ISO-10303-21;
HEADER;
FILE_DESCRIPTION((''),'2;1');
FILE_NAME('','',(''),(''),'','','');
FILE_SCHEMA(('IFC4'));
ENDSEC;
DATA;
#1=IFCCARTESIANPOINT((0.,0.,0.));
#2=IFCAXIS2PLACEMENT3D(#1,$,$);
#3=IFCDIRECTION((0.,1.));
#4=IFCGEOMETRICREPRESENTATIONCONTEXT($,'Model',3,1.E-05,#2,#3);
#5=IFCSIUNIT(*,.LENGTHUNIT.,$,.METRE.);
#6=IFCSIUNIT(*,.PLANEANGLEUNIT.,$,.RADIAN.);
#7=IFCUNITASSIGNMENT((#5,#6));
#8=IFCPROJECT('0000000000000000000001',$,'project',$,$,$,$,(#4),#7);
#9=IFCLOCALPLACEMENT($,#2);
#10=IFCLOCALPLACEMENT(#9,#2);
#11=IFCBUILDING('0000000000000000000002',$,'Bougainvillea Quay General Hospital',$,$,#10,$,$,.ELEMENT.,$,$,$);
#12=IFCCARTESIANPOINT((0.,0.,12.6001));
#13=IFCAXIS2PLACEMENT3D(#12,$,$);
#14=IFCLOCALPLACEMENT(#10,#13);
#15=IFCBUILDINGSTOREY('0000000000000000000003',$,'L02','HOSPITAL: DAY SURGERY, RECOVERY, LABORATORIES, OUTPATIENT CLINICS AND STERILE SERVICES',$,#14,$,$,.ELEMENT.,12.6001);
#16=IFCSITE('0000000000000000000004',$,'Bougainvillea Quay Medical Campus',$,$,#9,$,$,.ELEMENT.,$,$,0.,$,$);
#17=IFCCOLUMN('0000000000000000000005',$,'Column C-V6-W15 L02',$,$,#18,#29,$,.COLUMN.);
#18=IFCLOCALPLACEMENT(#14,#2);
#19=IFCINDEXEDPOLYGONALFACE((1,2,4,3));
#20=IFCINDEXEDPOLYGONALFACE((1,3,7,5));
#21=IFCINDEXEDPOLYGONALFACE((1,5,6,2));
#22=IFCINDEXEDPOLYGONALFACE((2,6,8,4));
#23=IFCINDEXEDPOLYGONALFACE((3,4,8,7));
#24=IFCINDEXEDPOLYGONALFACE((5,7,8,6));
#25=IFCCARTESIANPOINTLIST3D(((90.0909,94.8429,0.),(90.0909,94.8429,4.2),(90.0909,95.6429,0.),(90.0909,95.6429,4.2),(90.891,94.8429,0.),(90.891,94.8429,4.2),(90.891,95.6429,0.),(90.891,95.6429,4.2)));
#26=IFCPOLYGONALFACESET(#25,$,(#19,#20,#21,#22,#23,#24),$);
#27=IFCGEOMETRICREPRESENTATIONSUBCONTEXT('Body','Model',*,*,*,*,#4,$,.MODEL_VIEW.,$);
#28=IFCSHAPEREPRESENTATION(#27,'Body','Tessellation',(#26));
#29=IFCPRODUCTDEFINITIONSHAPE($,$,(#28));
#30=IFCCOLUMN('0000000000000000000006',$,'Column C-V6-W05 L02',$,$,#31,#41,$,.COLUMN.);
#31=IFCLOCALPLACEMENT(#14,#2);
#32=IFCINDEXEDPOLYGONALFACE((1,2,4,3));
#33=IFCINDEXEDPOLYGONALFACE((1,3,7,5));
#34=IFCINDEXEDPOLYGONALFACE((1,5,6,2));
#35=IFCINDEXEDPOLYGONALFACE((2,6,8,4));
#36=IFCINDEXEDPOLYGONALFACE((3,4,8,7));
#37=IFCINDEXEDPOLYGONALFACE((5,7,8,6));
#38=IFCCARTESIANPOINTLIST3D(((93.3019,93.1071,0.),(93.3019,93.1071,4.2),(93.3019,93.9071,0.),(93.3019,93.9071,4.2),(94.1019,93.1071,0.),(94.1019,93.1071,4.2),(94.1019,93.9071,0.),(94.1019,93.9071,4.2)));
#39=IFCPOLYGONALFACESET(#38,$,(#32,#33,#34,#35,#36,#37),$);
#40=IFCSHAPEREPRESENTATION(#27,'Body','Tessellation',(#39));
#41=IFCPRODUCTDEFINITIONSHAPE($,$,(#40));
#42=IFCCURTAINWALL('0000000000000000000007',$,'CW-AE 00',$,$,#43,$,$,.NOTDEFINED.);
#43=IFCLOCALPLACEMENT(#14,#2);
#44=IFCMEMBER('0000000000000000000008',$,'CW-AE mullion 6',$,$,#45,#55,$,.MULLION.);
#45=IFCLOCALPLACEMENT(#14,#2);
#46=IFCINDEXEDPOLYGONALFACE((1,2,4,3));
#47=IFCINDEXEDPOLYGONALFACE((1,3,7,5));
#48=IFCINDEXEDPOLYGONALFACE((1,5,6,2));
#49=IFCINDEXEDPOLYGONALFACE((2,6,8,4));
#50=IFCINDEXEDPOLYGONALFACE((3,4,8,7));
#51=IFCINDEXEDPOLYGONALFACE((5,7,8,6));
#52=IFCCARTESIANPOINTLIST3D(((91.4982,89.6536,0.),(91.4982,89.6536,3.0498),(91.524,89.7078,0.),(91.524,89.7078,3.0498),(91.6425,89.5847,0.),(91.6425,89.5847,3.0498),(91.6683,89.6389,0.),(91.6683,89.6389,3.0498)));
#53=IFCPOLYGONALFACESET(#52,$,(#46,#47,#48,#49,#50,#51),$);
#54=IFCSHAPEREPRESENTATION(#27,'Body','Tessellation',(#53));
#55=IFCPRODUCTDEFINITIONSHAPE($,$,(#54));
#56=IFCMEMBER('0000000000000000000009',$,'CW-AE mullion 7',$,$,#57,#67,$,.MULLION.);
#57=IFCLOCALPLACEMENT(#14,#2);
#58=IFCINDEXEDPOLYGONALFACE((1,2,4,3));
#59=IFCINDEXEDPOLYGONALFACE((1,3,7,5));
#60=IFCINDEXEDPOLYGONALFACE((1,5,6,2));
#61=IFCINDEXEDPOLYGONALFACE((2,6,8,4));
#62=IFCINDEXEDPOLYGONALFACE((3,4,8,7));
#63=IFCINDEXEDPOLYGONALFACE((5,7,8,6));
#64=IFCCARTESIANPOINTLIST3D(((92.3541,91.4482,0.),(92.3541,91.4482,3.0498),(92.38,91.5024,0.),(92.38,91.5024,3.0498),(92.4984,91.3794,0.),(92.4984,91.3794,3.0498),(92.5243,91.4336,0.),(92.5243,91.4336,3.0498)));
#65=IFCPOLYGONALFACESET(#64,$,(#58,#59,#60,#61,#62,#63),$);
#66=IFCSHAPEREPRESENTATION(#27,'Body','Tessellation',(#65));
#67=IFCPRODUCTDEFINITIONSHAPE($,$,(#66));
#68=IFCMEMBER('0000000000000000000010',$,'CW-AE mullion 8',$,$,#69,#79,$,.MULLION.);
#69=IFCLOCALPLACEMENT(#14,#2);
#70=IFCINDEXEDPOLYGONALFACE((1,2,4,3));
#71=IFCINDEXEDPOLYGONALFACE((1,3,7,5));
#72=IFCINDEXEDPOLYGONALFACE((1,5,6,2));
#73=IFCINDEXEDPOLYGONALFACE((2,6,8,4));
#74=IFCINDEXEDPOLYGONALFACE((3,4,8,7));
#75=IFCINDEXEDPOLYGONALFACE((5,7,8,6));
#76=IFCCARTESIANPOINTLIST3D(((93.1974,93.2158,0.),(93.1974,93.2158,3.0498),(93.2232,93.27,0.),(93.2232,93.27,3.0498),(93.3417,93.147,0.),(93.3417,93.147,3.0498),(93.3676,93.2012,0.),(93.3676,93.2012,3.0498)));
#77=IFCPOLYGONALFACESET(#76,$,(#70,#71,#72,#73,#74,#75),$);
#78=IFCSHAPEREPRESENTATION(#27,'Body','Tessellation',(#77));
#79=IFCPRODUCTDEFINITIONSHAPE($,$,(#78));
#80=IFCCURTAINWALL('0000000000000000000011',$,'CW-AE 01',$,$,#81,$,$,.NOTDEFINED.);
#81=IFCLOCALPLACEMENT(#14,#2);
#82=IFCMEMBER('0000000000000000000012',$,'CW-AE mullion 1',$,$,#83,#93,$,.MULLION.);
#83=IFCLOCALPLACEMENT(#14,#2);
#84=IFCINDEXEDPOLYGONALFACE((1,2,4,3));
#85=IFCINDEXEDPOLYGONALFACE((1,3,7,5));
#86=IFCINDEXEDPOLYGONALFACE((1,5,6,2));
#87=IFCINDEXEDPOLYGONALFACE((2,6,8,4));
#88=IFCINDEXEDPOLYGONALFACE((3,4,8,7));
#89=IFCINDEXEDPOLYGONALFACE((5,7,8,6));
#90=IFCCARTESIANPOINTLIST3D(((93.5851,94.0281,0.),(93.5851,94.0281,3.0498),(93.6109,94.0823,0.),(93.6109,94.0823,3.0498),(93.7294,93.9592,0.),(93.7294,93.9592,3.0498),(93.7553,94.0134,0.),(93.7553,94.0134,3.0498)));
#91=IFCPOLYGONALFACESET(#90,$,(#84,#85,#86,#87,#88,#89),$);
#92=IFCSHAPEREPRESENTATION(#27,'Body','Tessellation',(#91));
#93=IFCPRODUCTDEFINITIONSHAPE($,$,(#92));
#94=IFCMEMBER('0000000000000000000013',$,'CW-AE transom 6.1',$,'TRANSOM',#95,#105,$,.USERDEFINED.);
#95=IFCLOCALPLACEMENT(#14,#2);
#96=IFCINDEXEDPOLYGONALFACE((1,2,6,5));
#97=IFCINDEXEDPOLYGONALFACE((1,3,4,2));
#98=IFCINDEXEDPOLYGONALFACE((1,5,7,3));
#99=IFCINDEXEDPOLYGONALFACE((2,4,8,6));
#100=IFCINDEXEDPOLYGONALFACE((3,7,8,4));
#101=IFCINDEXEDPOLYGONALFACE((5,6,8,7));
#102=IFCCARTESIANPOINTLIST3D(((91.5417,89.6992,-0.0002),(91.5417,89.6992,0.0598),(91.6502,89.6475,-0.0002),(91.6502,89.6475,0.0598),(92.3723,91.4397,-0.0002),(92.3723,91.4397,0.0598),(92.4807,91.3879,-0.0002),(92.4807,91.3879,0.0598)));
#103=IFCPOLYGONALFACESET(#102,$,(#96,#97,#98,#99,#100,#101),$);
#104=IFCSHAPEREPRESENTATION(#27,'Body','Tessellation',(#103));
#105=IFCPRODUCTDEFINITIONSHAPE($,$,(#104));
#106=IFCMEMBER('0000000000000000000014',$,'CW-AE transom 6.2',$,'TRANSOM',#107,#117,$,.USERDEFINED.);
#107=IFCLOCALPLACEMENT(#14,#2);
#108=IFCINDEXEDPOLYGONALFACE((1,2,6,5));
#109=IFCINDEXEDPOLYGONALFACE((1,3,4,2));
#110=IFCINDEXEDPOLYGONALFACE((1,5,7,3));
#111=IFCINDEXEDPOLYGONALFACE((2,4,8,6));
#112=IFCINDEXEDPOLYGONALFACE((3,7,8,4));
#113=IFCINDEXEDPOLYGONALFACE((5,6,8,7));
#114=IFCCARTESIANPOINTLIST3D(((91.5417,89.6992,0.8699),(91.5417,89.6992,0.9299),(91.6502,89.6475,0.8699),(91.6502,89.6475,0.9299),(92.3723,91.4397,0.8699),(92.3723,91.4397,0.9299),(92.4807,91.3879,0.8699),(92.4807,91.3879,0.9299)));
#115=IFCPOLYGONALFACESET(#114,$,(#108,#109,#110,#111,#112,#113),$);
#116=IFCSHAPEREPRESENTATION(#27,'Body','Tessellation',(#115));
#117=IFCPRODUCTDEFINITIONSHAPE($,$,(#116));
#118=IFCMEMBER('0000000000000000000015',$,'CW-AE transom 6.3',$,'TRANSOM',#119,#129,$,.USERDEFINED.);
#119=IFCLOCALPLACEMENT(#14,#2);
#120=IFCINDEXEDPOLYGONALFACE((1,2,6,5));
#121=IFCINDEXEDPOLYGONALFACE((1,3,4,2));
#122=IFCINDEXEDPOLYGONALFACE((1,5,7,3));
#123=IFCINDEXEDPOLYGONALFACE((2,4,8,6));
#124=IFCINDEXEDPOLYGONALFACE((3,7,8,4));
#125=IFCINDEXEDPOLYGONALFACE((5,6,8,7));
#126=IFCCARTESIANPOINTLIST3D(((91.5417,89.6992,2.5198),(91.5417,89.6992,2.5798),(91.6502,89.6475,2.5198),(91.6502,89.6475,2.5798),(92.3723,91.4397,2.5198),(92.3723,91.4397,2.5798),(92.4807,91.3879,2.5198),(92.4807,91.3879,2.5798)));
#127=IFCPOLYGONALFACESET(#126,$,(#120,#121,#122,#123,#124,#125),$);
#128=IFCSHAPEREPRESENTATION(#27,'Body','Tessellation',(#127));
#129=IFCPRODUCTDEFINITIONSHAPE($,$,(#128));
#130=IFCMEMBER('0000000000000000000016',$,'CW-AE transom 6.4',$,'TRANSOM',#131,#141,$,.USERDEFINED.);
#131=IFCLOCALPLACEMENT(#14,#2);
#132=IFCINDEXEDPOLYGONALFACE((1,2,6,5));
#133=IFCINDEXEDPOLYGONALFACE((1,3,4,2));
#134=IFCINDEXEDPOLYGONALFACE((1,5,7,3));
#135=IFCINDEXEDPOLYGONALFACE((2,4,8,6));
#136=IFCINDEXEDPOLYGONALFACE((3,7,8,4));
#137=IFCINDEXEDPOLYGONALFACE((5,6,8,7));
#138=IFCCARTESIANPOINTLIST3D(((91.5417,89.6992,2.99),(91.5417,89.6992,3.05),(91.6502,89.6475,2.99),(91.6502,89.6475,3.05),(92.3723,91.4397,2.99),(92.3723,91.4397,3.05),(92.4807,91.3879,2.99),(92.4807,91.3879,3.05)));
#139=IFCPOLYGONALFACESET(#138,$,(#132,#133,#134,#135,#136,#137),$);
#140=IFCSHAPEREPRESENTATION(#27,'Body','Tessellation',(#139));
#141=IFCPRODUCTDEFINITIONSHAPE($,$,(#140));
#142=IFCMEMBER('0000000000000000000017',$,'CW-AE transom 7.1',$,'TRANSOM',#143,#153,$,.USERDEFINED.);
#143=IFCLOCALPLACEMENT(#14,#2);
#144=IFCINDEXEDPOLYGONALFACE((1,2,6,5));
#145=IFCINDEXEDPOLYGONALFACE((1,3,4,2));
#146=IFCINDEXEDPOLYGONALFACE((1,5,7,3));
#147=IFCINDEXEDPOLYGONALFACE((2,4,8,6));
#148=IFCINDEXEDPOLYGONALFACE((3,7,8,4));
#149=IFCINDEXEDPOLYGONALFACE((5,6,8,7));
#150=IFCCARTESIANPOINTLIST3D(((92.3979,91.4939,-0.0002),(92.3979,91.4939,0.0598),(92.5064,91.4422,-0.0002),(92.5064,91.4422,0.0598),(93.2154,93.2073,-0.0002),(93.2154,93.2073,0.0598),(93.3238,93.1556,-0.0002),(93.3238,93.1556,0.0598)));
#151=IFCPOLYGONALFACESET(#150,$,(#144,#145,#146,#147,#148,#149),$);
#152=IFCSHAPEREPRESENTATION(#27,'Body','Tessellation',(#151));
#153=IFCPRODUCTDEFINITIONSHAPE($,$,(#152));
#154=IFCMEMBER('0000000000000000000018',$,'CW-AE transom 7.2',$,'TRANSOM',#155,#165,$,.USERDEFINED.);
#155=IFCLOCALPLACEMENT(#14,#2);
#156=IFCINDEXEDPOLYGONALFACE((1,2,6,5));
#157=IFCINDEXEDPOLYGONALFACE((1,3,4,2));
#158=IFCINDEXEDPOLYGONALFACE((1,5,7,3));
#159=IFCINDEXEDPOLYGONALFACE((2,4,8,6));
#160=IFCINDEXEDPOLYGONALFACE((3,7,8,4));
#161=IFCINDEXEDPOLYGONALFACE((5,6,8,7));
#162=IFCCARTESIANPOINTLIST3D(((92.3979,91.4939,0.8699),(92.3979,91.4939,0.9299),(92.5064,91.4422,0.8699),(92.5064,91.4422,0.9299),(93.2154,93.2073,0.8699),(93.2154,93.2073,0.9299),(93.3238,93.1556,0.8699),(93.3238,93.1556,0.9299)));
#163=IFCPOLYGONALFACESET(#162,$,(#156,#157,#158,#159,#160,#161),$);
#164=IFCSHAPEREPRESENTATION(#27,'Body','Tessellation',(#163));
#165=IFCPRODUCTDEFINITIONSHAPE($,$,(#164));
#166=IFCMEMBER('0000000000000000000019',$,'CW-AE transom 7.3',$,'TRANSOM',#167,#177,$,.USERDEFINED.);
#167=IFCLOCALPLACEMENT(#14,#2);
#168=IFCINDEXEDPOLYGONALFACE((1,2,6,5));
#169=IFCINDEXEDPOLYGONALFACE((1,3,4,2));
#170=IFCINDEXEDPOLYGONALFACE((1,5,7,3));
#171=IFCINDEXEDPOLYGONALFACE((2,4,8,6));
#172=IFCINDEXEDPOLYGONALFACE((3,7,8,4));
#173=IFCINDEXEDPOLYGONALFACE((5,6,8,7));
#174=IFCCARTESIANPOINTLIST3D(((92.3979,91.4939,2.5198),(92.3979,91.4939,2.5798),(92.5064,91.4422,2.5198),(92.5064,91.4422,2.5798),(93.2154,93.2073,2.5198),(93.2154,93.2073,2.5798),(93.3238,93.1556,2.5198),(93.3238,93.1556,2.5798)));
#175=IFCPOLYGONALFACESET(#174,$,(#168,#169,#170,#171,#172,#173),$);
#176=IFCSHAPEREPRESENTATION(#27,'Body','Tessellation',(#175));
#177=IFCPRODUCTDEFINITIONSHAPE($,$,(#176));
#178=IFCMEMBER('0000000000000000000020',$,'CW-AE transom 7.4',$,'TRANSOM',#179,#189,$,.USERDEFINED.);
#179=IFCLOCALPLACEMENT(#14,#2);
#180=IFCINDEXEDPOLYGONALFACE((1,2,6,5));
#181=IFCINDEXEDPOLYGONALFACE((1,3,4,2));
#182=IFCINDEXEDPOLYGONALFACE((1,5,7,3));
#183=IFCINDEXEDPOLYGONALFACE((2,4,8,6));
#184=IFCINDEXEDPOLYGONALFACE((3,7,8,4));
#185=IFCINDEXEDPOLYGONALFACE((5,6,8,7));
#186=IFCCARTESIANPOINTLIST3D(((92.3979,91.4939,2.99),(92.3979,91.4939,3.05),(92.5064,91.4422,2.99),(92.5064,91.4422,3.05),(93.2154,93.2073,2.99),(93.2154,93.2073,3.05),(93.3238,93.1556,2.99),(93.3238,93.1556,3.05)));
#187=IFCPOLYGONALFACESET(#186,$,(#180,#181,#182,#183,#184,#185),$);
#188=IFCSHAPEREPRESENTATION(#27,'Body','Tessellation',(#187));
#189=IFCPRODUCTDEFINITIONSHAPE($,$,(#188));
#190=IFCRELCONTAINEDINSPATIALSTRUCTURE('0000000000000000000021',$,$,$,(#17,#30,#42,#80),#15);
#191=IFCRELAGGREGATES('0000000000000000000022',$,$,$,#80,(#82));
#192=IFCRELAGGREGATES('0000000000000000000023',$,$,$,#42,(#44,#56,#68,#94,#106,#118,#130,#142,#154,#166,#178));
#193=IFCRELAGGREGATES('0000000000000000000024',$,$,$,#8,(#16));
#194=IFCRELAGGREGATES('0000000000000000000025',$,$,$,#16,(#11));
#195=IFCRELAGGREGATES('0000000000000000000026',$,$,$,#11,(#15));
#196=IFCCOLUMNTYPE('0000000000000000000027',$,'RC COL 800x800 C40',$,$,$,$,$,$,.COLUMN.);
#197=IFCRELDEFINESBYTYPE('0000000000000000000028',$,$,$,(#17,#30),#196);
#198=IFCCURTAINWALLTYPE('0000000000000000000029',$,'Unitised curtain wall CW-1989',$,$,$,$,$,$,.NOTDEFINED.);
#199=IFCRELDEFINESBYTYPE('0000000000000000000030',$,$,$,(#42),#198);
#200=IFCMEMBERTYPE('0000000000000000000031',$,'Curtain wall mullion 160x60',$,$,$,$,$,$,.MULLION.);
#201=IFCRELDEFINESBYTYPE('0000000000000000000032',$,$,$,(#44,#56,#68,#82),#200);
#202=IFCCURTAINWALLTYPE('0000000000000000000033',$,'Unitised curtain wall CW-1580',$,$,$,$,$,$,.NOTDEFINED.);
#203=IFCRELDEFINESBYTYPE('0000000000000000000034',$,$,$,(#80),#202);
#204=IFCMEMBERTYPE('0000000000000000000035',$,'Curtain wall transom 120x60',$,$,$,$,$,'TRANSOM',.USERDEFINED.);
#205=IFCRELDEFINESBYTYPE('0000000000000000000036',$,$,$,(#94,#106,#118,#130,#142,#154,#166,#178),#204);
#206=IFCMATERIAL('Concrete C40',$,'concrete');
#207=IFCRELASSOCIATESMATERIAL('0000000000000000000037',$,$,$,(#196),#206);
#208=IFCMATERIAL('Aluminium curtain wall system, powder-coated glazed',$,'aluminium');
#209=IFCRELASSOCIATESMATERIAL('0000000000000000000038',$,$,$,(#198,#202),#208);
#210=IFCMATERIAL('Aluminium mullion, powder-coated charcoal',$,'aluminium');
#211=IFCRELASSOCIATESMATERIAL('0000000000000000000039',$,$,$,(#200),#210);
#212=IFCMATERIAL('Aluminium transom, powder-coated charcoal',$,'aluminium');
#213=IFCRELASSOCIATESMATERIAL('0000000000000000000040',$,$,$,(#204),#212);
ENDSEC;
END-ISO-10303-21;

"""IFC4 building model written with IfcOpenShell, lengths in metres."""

from ifc_helpers import new_model, si_unit, direction, frame, origin, origin_2d, place, context, subcontext, project, spatial, rectangle, extrude, material, material_profile, profile_set, type_object, element, aggregate, save


model = new_model("IFC4")

# Units and contexts
model_context = context("Model", 3, precision=1e-05, world=origin(), true_north=direction((0.0, 1.0)))
body_context = subcontext(model_context, "Body", "Model", "MODEL_VIEW")
ifc_project = project(units=[si_unit("LENGTHUNIT", "METRE"), si_unit("PLANEANGLEUNIT", "RADIAN")], contexts=[model_context])

# Site, building, storey
site_placement = place(None, origin())
site = spatial("IfcSite", under=ifc_project, at=site_placement, Name="Bougainvillea Quay Medical Campus", CompositionType="ELEMENT", RefElevation=0.0)
building_placement = place(site_placement, origin())
building = spatial("IfcBuilding", under=site, at=building_placement, Name="Bougainvillea Quay General Hospital", CompositionType="ELEMENT")
storey_placement = place(building_placement, frame((0.0, 0.0, 12.6001)))
storey = spatial("IfcBuildingStorey", under=building, at=storey_placement, Name="L02", Description="HOSPITAL: DAY SURGERY, RECOVERY, LABORATORIES, OUTPATIENT CLINICS AND STERILE SERVICES", CompositionType="ELEMENT", Elevation=12.6001)

# Columns
ifc_material_1 = material(Name="Concrete C40", Category="concrete")
ifc_material_profile_1 = material_profile(ifc_material_1, rectangle(XDim=0.8, YDim=0.8, at=origin_2d()))
ifc_profile_set_1 = profile_set([ifc_material_profile_1], Name="Concrete C40")
column_type = type_object("IfcColumnType", Name="RC COL 800x800 C40", PredefinedType="COLUMN", material=ifc_profile_set_1)
for number, where, z_axis, x_axis, name in (
    (1, (90.491, 95.2429, 0.0), (0.0, 0.0, 1.0), (1.0, 0.0, 0.0), "Column C-V6-W15 L02"),
    (2, (93.7019, 93.5071, 0.0), (0.0, 0.0, 1.0), (1.0, 0.0, 0.0), "Column C-V6-W05 L02"),
):
    element("IfcColumn", number, at=place(storey_placement, frame(where, z_axis=z_axis, x_axis=x_axis)), inside=storey, type_object=column_type, Name=name, PredefinedType="COLUMN", context=body_context, shape_type="SweptSolid", body=[
        extrude(rectangle(XDim=0.8, YDim=0.8, at=origin_2d()), origin(), (0.0, 0.0, 1.0), 4.2),
    ])

# Curtain wall, members
ifc_material_2 = material(Name="Aluminium curtain wall system, powder-coated glazed", Category="aluminium")
curtain_wall_type_1 = type_object("IfcCurtainWallType", Name="Unitised curtain wall CW-1989", PredefinedType="NOTDEFINED", material=ifc_material_2)
curtain_wall_1_placement = place(storey_placement, origin())
curtain_wall_1 = element("IfcCurtainWall", 3, at=curtain_wall_1_placement, inside=storey, type_object=curtain_wall_type_1, Name="CW-AE 00", PredefinedType="NOTDEFINED")
ifc_material_3 = material(Name="Aluminium mullion, powder-coated charcoal", Category="aluminium")
ifc_material_profile_2 = material_profile(ifc_material_3, rectangle(XDim=0.1599, YDim=0.0601, at=origin_2d()))
ifc_profile_set_2 = profile_set([ifc_material_profile_2], Name="Aluminium mullion, powder-coated charcoal")
member_type_1 = type_object("IfcMemberType", Name="Curtain wall mullion 160x60", PredefinedType="MULLION", material=ifc_profile_set_2)
member_1_placement = place(storey_placement, frame((91.5833, 89.6462, 0.0), z_axis=(0.0, 0.0, 1.0), x_axis=(-0.902561, 0.430563, 0.0)))
member_1 = element("IfcMember", 4, at=member_1_placement, type_object=member_type_1, Name="CW-AE mullion 6", PredefinedType="MULLION", context=body_context, shape_type="SweptSolid", body=[
    extrude(rectangle(XDim=0.1599, YDim=0.0601, at=origin_2d()), origin(), (0.0, 0.0, 1.0), 3.0498),
])
member_2_placement = place(storey_placement, frame((92.4392, 91.4409, 0.0), z_axis=(0.0, 0.0, 1.0), x_axis=(-0.902561, 0.430563, 0.0)))
member_2 = element("IfcMember", 5, at=member_2_placement, type_object=member_type_1, Name="CW-AE mullion 7", PredefinedType="MULLION", context=body_context, shape_type="SweptSolid", body=[
    extrude(rectangle(XDim=0.1599, YDim=0.0601, at=origin_2d()), origin(), (0.0, 0.0, 1.0), 3.0498),
])
member_3_placement = place(storey_placement, frame((93.2825, 93.2085, 0.0), z_axis=(0.0, 0.0, 1.0), x_axis=(-0.902561, 0.430563, 0.0)))
member_3 = element("IfcMember", 6, at=member_3_placement, type_object=member_type_1, Name="CW-AE mullion 8", PredefinedType="MULLION", context=body_context, shape_type="SweptSolid", body=[
    extrude(rectangle(XDim=0.1599, YDim=0.0601, at=origin_2d()), origin(), (0.0, 0.0, 1.0), 3.0498),
])

# Curtain wall, member
curtain_wall_type_2 = type_object("IfcCurtainWallType", Name="Unitised curtain wall CW-1580", PredefinedType="NOTDEFINED", material=ifc_material_2)
curtain_wall_2_placement = place(storey_placement, origin())
curtain_wall_2 = element("IfcCurtainWall", 7, at=curtain_wall_2_placement, inside=storey, type_object=curtain_wall_type_2, Name="CW-AE 01", PredefinedType="NOTDEFINED")
member_4_placement = place(storey_placement, frame((93.6702, 94.0208, 0.0), z_axis=(0.0, 0.0, 1.0), x_axis=(-0.902561, 0.430563, 0.0)))
member_4 = element("IfcMember", 8, at=member_4_placement, type_object=member_type_1, Name="CW-AE mullion 1", PredefinedType="MULLION", context=body_context, shape_type="SweptSolid", body=[
    extrude(rectangle(XDim=0.1599, YDim=0.0601, at=origin_2d()), origin(), (0.0, 0.0, 1.0), 3.0498),
])

# Members
ifc_material_4 = material(Name="Aluminium transom, powder-coated charcoal", Category="aluminium")
ifc_material_profile_3 = material_profile(ifc_material_4, rectangle(XDim=0.1201, YDim=0.0601, at=origin_2d()))
ifc_profile_set_3 = profile_set([ifc_material_profile_3], Name="Aluminium transom, powder-coated charcoal")
member_type_2 = type_object("IfcMemberType", Name="Curtain wall transom 120x60", ElementType="TRANSOM", PredefinedType="USERDEFINED", material=ifc_profile_set_3)
member_5_placement = place(storey_placement, frame((91.5959, 89.6733, 0.0298), z_axis=(0.43068, 0.902505, 0.0), x_axis=(-0.902505, 0.43068, 0.0)))
member_5 = element("IfcMember", 9, at=member_5_placement, type_object=member_type_2, Name="CW-AE transom 6.1", ObjectType="TRANSOM", PredefinedType="USERDEFINED", context=body_context, shape_type="SweptSolid", body=[
    extrude(rectangle(XDim=0.1201, YDim=0.0601, at=origin_2d()), origin(), (0.0, 0.0, 1.0), 1.9285),
])
member_6_placement = place(storey_placement, frame((91.5959, 89.6733, 0.8999), z_axis=(0.43068, 0.902505, 0.0), x_axis=(-0.902505, 0.43068, 0.0)))
member_6 = element("IfcMember", 10, at=member_6_placement, type_object=member_type_2, Name="CW-AE transom 6.2", ObjectType="TRANSOM", PredefinedType="USERDEFINED", context=body_context, shape_type="SweptSolid", body=[
    extrude(rectangle(XDim=0.1201, YDim=0.0601, at=origin_2d()), origin(), (0.0, 0.0, 1.0), 1.9285),
])
member_7_placement = place(storey_placement, frame((91.5959, 89.6733, 2.5498), z_axis=(0.43068, 0.902505, 0.0), x_axis=(-0.902505, 0.43068, 0.0)))
member_7 = element("IfcMember", 11, at=member_7_placement, type_object=member_type_2, Name="CW-AE transom 6.3", ObjectType="TRANSOM", PredefinedType="USERDEFINED", context=body_context, shape_type="SweptSolid", body=[
    extrude(rectangle(XDim=0.1201, YDim=0.0601, at=origin_2d()), origin(), (0.0, 0.0, 1.0), 1.9285),
])
member_8_placement = place(storey_placement, frame((91.5959, 89.6733, 3.02), z_axis=(0.43068, 0.902505, 0.0), x_axis=(-0.902505, 0.43068, 0.0)))
member_8 = element("IfcMember", 12, at=member_8_placement, type_object=member_type_2, Name="CW-AE transom 6.4", ObjectType="TRANSOM", PredefinedType="USERDEFINED", context=body_context, shape_type="SweptSolid", body=[
    extrude(rectangle(XDim=0.1201, YDim=0.0601, at=origin_2d()), origin(), (0.0, 0.0, 1.0), 1.9285),
])
member_9_placement = place(storey_placement, frame((92.4521, 91.468, 0.0298), z_axis=(0.430572, 0.902556, 0.0), x_axis=(-0.902556, 0.430572, 0.0)))
member_9 = element("IfcMember", 13, at=member_9_placement, type_object=member_type_2, Name="CW-AE transom 7.1", ObjectType="TRANSOM", PredefinedType="USERDEFINED", context=body_context, shape_type="SweptSolid", body=[
    extrude(rectangle(XDim=0.1201, YDim=0.0601, at=origin_2d()), origin(), (0.0, 0.0, 1.0), 1.8984),
])
member_10_placement = place(storey_placement, frame((92.4521, 91.468, 0.8999), z_axis=(0.430572, 0.902556, 0.0), x_axis=(-0.902556, 0.430572, 0.0)))
member_10 = element("IfcMember", 14, at=member_10_placement, type_object=member_type_2, Name="CW-AE transom 7.2", ObjectType="TRANSOM", PredefinedType="USERDEFINED", context=body_context, shape_type="SweptSolid", body=[
    extrude(rectangle(XDim=0.1201, YDim=0.0601, at=origin_2d()), origin(), (0.0, 0.0, 1.0), 1.8984),
])
member_11_placement = place(storey_placement, frame((92.4521, 91.468, 2.5498), z_axis=(0.430572, 0.902556, 0.0), x_axis=(-0.902556, 0.430572, 0.0)))
member_11 = element("IfcMember", 15, at=member_11_placement, type_object=member_type_2, Name="CW-AE transom 7.3", ObjectType="TRANSOM", PredefinedType="USERDEFINED", context=body_context, shape_type="SweptSolid", body=[
    extrude(rectangle(XDim=0.1201, YDim=0.0601, at=origin_2d()), origin(), (0.0, 0.0, 1.0), 1.8984),
])
member_12_placement = place(storey_placement, frame((92.4521, 91.468, 3.02), z_axis=(0.430572, 0.902556, 0.0), x_axis=(-0.902556, 0.430572, 0.0)))
member_12 = element("IfcMember", 16, at=member_12_placement, type_object=member_type_2, Name="CW-AE transom 7.4", ObjectType="TRANSOM", PredefinedType="USERDEFINED", context=body_context, shape_type="SweptSolid", body=[
    extrude(rectangle(XDim=0.1201, YDim=0.0601, at=origin_2d()), origin(), (0.0, 0.0, 1.0), 1.8984),
])

aggregate(curtain_wall_2, [member_4])

aggregate(curtain_wall_1, [member_1, member_2, member_3, member_5, member_6, member_7, member_8, member_9, member_10, member_11, member_12])

save(model, "model.ifc")
